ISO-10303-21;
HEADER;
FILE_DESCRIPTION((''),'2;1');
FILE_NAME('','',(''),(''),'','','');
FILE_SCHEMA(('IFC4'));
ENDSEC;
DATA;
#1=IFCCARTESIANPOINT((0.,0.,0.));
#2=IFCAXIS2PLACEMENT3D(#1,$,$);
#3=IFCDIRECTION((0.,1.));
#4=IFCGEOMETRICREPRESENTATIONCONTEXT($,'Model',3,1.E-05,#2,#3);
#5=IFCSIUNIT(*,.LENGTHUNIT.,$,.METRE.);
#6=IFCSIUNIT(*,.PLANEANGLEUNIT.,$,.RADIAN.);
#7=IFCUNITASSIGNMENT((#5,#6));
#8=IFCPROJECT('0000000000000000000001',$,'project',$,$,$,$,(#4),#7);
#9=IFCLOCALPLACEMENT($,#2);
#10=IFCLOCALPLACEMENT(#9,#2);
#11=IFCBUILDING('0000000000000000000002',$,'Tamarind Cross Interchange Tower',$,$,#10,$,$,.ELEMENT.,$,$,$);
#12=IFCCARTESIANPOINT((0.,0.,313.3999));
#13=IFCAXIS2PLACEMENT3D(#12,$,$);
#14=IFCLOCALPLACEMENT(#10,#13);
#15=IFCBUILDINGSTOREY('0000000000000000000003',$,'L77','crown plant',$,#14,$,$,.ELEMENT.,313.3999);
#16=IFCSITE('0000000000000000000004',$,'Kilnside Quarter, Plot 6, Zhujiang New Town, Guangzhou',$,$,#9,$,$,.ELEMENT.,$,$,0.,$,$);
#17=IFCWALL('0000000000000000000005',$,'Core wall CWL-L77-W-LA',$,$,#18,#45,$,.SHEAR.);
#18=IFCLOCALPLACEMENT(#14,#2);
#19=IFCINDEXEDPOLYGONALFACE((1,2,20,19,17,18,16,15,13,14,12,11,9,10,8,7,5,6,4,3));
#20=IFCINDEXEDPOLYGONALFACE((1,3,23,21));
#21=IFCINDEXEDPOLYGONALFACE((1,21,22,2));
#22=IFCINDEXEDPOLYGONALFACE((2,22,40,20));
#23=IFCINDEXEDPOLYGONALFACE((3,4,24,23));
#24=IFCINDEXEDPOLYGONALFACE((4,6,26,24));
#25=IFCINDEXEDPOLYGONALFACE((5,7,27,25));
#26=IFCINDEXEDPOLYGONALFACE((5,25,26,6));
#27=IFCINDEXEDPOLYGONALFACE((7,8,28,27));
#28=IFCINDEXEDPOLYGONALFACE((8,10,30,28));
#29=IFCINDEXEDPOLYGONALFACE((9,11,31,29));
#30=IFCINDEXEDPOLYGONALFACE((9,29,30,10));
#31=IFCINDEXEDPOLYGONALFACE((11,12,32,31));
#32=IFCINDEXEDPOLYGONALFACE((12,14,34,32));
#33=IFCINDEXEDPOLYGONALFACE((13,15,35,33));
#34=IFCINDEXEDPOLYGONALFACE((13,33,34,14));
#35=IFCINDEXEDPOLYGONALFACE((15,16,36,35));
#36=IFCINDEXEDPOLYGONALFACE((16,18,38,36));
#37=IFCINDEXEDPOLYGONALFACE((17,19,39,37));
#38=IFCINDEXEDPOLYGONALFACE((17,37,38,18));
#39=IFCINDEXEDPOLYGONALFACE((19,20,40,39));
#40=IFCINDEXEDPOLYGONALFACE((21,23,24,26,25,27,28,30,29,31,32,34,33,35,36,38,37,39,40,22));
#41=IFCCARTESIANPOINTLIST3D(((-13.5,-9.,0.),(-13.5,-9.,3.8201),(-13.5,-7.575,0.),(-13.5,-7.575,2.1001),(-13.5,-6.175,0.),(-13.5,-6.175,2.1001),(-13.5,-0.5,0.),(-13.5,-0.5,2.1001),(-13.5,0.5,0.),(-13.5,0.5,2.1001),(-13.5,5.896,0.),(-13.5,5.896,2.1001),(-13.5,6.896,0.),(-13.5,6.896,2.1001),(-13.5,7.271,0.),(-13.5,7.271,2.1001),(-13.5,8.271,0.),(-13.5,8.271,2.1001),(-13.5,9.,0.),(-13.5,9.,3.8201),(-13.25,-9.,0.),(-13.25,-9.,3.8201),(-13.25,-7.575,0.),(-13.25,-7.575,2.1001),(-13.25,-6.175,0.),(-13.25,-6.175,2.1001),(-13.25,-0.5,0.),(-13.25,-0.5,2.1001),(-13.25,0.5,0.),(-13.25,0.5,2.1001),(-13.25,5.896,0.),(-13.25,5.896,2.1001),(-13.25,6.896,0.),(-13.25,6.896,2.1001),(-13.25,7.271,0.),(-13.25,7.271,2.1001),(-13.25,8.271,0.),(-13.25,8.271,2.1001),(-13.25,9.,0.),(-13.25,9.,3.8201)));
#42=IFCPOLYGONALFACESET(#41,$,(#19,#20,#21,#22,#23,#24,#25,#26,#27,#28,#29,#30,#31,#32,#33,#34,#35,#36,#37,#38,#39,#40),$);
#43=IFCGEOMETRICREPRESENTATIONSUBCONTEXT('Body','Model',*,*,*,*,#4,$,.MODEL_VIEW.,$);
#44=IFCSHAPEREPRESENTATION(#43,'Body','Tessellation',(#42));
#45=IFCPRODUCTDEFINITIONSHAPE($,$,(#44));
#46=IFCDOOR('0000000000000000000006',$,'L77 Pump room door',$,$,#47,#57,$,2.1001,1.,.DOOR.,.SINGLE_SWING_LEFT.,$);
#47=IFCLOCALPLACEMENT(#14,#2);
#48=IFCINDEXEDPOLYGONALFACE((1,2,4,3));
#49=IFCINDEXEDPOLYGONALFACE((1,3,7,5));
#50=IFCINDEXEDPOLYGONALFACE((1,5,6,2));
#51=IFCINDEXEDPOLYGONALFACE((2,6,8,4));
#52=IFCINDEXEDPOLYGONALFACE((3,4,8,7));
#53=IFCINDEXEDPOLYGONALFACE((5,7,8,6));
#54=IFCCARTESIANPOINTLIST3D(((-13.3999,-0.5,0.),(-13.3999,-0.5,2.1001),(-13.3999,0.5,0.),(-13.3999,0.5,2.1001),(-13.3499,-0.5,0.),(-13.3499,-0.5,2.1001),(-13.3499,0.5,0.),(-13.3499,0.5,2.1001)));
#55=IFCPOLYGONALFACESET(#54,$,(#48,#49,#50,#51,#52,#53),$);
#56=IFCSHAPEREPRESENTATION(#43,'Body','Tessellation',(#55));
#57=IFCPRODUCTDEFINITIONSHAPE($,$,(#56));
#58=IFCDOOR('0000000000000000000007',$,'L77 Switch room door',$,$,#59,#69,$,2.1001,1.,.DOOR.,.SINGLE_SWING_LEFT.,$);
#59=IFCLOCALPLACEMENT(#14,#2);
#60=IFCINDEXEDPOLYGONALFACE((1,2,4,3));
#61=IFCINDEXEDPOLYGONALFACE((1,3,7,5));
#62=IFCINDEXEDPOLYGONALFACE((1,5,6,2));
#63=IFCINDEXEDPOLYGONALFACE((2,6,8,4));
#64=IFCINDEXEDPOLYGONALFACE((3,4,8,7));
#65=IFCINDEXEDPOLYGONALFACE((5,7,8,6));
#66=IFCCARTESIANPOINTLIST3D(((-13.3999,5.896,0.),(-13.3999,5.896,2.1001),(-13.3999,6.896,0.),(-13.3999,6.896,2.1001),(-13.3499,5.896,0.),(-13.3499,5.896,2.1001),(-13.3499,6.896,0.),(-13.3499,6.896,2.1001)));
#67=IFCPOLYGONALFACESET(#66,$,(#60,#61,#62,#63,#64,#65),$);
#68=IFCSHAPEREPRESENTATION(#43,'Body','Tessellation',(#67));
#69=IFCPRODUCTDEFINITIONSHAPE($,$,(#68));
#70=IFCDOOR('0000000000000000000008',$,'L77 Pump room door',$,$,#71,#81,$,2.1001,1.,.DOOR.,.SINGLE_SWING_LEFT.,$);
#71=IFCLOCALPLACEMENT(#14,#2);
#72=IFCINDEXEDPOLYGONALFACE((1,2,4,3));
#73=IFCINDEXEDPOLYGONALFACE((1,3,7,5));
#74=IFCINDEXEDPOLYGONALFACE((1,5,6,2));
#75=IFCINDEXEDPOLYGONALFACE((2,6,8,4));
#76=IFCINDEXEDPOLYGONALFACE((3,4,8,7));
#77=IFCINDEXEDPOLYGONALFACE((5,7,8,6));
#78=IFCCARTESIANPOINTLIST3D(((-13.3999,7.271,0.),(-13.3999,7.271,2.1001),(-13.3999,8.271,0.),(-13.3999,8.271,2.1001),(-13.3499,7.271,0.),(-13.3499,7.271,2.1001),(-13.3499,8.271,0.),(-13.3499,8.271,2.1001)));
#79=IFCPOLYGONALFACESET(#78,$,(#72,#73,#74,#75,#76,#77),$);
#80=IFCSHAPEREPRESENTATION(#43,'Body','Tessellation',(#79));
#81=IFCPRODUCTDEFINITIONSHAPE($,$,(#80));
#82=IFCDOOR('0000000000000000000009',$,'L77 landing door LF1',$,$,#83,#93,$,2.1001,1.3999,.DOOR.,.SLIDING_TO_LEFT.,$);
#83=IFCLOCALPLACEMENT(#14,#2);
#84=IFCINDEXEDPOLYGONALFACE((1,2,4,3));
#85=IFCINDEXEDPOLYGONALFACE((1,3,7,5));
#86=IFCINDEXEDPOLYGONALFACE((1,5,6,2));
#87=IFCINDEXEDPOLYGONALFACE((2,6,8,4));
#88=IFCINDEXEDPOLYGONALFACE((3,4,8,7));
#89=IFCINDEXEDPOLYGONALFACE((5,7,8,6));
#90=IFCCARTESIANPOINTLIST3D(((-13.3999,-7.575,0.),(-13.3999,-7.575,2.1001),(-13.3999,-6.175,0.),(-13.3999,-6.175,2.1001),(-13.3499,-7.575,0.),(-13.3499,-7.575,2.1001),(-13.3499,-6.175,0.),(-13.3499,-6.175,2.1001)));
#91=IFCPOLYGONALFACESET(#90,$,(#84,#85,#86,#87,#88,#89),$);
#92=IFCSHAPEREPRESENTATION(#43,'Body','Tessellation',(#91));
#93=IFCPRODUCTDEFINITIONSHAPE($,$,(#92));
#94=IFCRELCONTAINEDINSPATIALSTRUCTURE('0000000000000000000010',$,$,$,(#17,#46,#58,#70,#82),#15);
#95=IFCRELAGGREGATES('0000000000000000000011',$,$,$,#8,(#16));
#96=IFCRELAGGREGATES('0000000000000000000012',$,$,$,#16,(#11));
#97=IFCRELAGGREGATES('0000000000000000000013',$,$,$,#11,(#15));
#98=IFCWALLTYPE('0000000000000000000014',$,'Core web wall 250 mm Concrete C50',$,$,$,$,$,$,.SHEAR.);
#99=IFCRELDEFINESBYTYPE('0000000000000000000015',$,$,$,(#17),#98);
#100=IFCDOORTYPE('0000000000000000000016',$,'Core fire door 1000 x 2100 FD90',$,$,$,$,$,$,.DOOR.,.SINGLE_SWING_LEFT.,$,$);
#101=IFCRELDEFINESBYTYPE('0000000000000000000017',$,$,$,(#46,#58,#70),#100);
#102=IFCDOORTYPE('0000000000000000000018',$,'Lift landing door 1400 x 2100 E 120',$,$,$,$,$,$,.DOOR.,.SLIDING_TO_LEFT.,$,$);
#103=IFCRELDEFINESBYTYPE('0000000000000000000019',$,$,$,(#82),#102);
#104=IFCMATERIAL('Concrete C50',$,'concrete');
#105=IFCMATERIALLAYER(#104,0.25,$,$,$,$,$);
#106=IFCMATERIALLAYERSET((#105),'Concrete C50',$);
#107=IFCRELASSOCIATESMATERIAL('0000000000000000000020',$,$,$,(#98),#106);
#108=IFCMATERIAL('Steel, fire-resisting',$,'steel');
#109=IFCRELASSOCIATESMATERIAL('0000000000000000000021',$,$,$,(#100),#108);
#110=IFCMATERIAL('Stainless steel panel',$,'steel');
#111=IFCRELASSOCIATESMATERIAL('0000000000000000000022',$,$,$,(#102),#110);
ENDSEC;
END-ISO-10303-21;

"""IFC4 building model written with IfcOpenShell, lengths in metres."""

from ifc_helpers import new_model, si_unit, direction, frame, frame_2d, origin, place, context, subcontext, project, spatial, rectangle, extrude, material, layer, layer_set, type_object, element, fill, save


model = new_model("IFC4")

# Units and contexts
model_context = context("Model", 3, precision=1e-05, world=origin(), true_north=direction((0.0, 1.0)))
body_context = subcontext(model_context, "Body", "Model", "MODEL_VIEW")
ifc_project = project(units=[si_unit("LENGTHUNIT", "METRE"), si_unit("PLANEANGLEUNIT", "RADIAN")], contexts=[model_context])

# Site, building, storey
site_placement = place(None, origin())
site = spatial("IfcSite", under=ifc_project, at=site_placement, Name="Kilnside Quarter, Plot 6, Zhujiang New Town, Guangzhou", CompositionType="ELEMENT", RefElevation=0.0)
building_placement = place(site_placement, origin())
building = spatial("IfcBuilding", under=site, at=building_placement, Name="Tamarind Cross Interchange Tower", CompositionType="ELEMENT")
storey_placement = place(building_placement, frame((0.0, 0.0, 313.3999)))
storey = spatial("IfcBuildingStorey", under=building, at=storey_placement, Name="L77", Description="crown plant", CompositionType="ELEMENT", Elevation=313.3999)

# Shared definitions
ifc_material_1 = material(Name="Concrete C50", Category="concrete")
ifc_layer_1 = layer(ifc_material_1, 0.25)
ifc_layer_set_1 = layer_set([ifc_layer_1], Name="Concrete C50")
wall_type_1 = type_object("IfcWallType", Name="Core web wall 250 mm Concrete C50", PredefinedType="SHEAR", material=ifc_layer_set_1)

# Wall, openings, doors
wall_1_placement = place(storey_placement, frame((-13.375, -9.0, 0.0), z_axis=(0.0, 0.0, 1.0), x_axis=(0.0, 1.0, 0.0)))
wall_1 = element("IfcWall", 1, at=wall_1_placement, inside=storey, type_object=wall_type_1, Name="Core wall CWL-L77-W-LA", PredefinedType="SHEAR", context=body_context, shape_type="SweptSolid", body=[
    extrude(rectangle(XDim=18.0, YDim=0.25, at=frame_2d((9.0, 0.0))), origin(), (0.0, 0.0, 1.0), 3.8201),
])
opening_1_placement = place(wall_1_placement, frame((1.425, 0.0, 0.0)))
opening_1 = element("IfcOpeningElement", 2, at=opening_1_placement, cuts=wall_1, PredefinedType="OPENING", context=body_context, shape_type="SweptSolid", body=[
    extrude(rectangle(XDim=1.3999, YDim=2.1001, at=frame_2d((0.7, 1.05))), frame((0.0, 0.135, 0.0), z_axis=(0.0, -1.0, 0.0), x_axis=(1.0, 0.0, 0.0)), (0.0, 0.0, 1.0), 0.27),
])
opening_2_placement = place(wall_1_placement, frame((8.5, 0.0, 0.0)))
opening_2 = element("IfcOpeningElement", 3, at=opening_2_placement, cuts=wall_1, PredefinedType="OPENING", context=body_context, shape_type="SweptSolid", body=[
    extrude(rectangle(XDim=1.0, YDim=2.1001, at=frame_2d((0.5, 1.05))), frame((0.0, 0.135, 0.0), z_axis=(0.0, -1.0, 0.0), x_axis=(1.0, 0.0, 0.0)), (0.0, 0.0, 1.0), 0.27),
])
opening_3_placement = place(wall_1_placement, frame((14.896, 0.0, 0.0)))
opening_3 = element("IfcOpeningElement", 4, at=opening_3_placement, cuts=wall_1, PredefinedType="OPENING", context=body_context, shape_type="SweptSolid", body=[
    extrude(rectangle(XDim=1.0, YDim=2.1001, at=frame_2d((0.5, 1.05))), frame((0.0, 0.135, 0.0), z_axis=(0.0, -1.0, 0.0), x_axis=(1.0, 0.0, 0.0)), (0.0, 0.0, 1.0), 0.27),
])
opening_4_placement = place(wall_1_placement, frame((16.271, 0.0, 0.0)))
opening_4 = element("IfcOpeningElement", 5, at=opening_4_placement, cuts=wall_1, PredefinedType="OPENING", context=body_context, shape_type="SweptSolid", body=[
    extrude(rectangle(XDim=1.0, YDim=2.1001, at=frame_2d((0.5, 1.05))), frame((0.0, 0.135, 0.0), z_axis=(0.0, -1.0, 0.0), x_axis=(1.0, 0.0, 0.0)), (0.0, 0.0, 1.0), 0.27),
])
ifc_material_2 = material(Name="Steel, fire-resisting", Category="steel")
door_type_1 = type_object("IfcDoorType", Name="Core fire door 1000 x 2100 FD90", OperationType="SINGLE_SWING_LEFT", PredefinedType="DOOR", material=ifc_material_2)
door_1_placement = place(opening_2_placement, origin())
door_1 = element("IfcDoor", 6, at=door_1_placement, inside=storey, type_object=door_type_1, Name="L77 Pump room door", OperationType="SINGLE_SWING_LEFT", OverallHeight=2.1001, OverallWidth=1.0, PredefinedType="DOOR", context=body_context, shape_type="SweptSolid", body=[
    extrude(rectangle(XDim=1.0, YDim=2.1001, at=frame_2d((0.5, 1.05))), frame((0.0, 0.0249, 0.0), z_axis=(0.0, -1.0, 0.0), x_axis=(1.0, 0.0, 0.0)), (0.0, 0.0, 1.0), 0.05),
])
fill(opening_2, door_1)
door_2_placement = place(opening_3_placement, origin())
door_2 = element("IfcDoor", 7, at=door_2_placement, inside=storey, type_object=door_type_1, Name="L77 Switch room door", OperationType="SINGLE_SWING_LEFT", OverallHeight=2.1001, OverallWidth=1.0, PredefinedType="DOOR", context=body_context, shape_type="SweptSolid", body=[
    extrude(rectangle(XDim=1.0, YDim=2.1001, at=frame_2d((0.5, 1.05))), frame((0.0, 0.0249, 0.0), z_axis=(0.0, -1.0, 0.0), x_axis=(1.0, 0.0, 0.0)), (0.0, 0.0, 1.0), 0.05),
])
fill(opening_3, door_2)
door_3_placement = place(opening_4_placement, origin())
door_3 = element("IfcDoor", 8, at=door_3_placement, inside=storey, type_object=door_type_1, Name="L77 Pump room door", OperationType="SINGLE_SWING_LEFT", OverallHeight=2.1001, OverallWidth=1.0, PredefinedType="DOOR", context=body_context, shape_type="SweptSolid", body=[
    extrude(rectangle(XDim=1.0, YDim=2.1001, at=frame_2d((0.5, 1.05))), frame((0.0, 0.0249, 0.0), z_axis=(0.0, -1.0, 0.0), x_axis=(1.0, 0.0, 0.0)), (0.0, 0.0, 1.0), 0.05),
])
fill(opening_4, door_3)
ifc_material_3 = material(Name="Stainless steel panel", Category="steel")
door_type_2 = type_object("IfcDoorType", Name="Lift landing door 1400 x 2100 E 120", OperationType="SLIDING_TO_LEFT", PredefinedType="DOOR", material=ifc_material_3)
door_4_placement = place(opening_1_placement, origin())
door_4 = element("IfcDoor", 9, at=door_4_placement, inside=storey, type_object=door_type_2, Name="L77 landing door LF1", OperationType="SLIDING_TO_LEFT", OverallHeight=2.1001, OverallWidth=1.3999, PredefinedType="DOOR", context=body_context, shape_type="SweptSolid", body=[
    extrude(rectangle(XDim=1.3999, YDim=2.1001, at=frame_2d((0.7, 1.05))), frame((0.0, 0.0249, 0.0), z_axis=(0.0, -1.0, 0.0), x_axis=(1.0, 0.0, 0.0)), (0.0, 0.0, 1.0), 0.05),
])
fill(opening_1, door_4)

save(model, "model.ifc")
